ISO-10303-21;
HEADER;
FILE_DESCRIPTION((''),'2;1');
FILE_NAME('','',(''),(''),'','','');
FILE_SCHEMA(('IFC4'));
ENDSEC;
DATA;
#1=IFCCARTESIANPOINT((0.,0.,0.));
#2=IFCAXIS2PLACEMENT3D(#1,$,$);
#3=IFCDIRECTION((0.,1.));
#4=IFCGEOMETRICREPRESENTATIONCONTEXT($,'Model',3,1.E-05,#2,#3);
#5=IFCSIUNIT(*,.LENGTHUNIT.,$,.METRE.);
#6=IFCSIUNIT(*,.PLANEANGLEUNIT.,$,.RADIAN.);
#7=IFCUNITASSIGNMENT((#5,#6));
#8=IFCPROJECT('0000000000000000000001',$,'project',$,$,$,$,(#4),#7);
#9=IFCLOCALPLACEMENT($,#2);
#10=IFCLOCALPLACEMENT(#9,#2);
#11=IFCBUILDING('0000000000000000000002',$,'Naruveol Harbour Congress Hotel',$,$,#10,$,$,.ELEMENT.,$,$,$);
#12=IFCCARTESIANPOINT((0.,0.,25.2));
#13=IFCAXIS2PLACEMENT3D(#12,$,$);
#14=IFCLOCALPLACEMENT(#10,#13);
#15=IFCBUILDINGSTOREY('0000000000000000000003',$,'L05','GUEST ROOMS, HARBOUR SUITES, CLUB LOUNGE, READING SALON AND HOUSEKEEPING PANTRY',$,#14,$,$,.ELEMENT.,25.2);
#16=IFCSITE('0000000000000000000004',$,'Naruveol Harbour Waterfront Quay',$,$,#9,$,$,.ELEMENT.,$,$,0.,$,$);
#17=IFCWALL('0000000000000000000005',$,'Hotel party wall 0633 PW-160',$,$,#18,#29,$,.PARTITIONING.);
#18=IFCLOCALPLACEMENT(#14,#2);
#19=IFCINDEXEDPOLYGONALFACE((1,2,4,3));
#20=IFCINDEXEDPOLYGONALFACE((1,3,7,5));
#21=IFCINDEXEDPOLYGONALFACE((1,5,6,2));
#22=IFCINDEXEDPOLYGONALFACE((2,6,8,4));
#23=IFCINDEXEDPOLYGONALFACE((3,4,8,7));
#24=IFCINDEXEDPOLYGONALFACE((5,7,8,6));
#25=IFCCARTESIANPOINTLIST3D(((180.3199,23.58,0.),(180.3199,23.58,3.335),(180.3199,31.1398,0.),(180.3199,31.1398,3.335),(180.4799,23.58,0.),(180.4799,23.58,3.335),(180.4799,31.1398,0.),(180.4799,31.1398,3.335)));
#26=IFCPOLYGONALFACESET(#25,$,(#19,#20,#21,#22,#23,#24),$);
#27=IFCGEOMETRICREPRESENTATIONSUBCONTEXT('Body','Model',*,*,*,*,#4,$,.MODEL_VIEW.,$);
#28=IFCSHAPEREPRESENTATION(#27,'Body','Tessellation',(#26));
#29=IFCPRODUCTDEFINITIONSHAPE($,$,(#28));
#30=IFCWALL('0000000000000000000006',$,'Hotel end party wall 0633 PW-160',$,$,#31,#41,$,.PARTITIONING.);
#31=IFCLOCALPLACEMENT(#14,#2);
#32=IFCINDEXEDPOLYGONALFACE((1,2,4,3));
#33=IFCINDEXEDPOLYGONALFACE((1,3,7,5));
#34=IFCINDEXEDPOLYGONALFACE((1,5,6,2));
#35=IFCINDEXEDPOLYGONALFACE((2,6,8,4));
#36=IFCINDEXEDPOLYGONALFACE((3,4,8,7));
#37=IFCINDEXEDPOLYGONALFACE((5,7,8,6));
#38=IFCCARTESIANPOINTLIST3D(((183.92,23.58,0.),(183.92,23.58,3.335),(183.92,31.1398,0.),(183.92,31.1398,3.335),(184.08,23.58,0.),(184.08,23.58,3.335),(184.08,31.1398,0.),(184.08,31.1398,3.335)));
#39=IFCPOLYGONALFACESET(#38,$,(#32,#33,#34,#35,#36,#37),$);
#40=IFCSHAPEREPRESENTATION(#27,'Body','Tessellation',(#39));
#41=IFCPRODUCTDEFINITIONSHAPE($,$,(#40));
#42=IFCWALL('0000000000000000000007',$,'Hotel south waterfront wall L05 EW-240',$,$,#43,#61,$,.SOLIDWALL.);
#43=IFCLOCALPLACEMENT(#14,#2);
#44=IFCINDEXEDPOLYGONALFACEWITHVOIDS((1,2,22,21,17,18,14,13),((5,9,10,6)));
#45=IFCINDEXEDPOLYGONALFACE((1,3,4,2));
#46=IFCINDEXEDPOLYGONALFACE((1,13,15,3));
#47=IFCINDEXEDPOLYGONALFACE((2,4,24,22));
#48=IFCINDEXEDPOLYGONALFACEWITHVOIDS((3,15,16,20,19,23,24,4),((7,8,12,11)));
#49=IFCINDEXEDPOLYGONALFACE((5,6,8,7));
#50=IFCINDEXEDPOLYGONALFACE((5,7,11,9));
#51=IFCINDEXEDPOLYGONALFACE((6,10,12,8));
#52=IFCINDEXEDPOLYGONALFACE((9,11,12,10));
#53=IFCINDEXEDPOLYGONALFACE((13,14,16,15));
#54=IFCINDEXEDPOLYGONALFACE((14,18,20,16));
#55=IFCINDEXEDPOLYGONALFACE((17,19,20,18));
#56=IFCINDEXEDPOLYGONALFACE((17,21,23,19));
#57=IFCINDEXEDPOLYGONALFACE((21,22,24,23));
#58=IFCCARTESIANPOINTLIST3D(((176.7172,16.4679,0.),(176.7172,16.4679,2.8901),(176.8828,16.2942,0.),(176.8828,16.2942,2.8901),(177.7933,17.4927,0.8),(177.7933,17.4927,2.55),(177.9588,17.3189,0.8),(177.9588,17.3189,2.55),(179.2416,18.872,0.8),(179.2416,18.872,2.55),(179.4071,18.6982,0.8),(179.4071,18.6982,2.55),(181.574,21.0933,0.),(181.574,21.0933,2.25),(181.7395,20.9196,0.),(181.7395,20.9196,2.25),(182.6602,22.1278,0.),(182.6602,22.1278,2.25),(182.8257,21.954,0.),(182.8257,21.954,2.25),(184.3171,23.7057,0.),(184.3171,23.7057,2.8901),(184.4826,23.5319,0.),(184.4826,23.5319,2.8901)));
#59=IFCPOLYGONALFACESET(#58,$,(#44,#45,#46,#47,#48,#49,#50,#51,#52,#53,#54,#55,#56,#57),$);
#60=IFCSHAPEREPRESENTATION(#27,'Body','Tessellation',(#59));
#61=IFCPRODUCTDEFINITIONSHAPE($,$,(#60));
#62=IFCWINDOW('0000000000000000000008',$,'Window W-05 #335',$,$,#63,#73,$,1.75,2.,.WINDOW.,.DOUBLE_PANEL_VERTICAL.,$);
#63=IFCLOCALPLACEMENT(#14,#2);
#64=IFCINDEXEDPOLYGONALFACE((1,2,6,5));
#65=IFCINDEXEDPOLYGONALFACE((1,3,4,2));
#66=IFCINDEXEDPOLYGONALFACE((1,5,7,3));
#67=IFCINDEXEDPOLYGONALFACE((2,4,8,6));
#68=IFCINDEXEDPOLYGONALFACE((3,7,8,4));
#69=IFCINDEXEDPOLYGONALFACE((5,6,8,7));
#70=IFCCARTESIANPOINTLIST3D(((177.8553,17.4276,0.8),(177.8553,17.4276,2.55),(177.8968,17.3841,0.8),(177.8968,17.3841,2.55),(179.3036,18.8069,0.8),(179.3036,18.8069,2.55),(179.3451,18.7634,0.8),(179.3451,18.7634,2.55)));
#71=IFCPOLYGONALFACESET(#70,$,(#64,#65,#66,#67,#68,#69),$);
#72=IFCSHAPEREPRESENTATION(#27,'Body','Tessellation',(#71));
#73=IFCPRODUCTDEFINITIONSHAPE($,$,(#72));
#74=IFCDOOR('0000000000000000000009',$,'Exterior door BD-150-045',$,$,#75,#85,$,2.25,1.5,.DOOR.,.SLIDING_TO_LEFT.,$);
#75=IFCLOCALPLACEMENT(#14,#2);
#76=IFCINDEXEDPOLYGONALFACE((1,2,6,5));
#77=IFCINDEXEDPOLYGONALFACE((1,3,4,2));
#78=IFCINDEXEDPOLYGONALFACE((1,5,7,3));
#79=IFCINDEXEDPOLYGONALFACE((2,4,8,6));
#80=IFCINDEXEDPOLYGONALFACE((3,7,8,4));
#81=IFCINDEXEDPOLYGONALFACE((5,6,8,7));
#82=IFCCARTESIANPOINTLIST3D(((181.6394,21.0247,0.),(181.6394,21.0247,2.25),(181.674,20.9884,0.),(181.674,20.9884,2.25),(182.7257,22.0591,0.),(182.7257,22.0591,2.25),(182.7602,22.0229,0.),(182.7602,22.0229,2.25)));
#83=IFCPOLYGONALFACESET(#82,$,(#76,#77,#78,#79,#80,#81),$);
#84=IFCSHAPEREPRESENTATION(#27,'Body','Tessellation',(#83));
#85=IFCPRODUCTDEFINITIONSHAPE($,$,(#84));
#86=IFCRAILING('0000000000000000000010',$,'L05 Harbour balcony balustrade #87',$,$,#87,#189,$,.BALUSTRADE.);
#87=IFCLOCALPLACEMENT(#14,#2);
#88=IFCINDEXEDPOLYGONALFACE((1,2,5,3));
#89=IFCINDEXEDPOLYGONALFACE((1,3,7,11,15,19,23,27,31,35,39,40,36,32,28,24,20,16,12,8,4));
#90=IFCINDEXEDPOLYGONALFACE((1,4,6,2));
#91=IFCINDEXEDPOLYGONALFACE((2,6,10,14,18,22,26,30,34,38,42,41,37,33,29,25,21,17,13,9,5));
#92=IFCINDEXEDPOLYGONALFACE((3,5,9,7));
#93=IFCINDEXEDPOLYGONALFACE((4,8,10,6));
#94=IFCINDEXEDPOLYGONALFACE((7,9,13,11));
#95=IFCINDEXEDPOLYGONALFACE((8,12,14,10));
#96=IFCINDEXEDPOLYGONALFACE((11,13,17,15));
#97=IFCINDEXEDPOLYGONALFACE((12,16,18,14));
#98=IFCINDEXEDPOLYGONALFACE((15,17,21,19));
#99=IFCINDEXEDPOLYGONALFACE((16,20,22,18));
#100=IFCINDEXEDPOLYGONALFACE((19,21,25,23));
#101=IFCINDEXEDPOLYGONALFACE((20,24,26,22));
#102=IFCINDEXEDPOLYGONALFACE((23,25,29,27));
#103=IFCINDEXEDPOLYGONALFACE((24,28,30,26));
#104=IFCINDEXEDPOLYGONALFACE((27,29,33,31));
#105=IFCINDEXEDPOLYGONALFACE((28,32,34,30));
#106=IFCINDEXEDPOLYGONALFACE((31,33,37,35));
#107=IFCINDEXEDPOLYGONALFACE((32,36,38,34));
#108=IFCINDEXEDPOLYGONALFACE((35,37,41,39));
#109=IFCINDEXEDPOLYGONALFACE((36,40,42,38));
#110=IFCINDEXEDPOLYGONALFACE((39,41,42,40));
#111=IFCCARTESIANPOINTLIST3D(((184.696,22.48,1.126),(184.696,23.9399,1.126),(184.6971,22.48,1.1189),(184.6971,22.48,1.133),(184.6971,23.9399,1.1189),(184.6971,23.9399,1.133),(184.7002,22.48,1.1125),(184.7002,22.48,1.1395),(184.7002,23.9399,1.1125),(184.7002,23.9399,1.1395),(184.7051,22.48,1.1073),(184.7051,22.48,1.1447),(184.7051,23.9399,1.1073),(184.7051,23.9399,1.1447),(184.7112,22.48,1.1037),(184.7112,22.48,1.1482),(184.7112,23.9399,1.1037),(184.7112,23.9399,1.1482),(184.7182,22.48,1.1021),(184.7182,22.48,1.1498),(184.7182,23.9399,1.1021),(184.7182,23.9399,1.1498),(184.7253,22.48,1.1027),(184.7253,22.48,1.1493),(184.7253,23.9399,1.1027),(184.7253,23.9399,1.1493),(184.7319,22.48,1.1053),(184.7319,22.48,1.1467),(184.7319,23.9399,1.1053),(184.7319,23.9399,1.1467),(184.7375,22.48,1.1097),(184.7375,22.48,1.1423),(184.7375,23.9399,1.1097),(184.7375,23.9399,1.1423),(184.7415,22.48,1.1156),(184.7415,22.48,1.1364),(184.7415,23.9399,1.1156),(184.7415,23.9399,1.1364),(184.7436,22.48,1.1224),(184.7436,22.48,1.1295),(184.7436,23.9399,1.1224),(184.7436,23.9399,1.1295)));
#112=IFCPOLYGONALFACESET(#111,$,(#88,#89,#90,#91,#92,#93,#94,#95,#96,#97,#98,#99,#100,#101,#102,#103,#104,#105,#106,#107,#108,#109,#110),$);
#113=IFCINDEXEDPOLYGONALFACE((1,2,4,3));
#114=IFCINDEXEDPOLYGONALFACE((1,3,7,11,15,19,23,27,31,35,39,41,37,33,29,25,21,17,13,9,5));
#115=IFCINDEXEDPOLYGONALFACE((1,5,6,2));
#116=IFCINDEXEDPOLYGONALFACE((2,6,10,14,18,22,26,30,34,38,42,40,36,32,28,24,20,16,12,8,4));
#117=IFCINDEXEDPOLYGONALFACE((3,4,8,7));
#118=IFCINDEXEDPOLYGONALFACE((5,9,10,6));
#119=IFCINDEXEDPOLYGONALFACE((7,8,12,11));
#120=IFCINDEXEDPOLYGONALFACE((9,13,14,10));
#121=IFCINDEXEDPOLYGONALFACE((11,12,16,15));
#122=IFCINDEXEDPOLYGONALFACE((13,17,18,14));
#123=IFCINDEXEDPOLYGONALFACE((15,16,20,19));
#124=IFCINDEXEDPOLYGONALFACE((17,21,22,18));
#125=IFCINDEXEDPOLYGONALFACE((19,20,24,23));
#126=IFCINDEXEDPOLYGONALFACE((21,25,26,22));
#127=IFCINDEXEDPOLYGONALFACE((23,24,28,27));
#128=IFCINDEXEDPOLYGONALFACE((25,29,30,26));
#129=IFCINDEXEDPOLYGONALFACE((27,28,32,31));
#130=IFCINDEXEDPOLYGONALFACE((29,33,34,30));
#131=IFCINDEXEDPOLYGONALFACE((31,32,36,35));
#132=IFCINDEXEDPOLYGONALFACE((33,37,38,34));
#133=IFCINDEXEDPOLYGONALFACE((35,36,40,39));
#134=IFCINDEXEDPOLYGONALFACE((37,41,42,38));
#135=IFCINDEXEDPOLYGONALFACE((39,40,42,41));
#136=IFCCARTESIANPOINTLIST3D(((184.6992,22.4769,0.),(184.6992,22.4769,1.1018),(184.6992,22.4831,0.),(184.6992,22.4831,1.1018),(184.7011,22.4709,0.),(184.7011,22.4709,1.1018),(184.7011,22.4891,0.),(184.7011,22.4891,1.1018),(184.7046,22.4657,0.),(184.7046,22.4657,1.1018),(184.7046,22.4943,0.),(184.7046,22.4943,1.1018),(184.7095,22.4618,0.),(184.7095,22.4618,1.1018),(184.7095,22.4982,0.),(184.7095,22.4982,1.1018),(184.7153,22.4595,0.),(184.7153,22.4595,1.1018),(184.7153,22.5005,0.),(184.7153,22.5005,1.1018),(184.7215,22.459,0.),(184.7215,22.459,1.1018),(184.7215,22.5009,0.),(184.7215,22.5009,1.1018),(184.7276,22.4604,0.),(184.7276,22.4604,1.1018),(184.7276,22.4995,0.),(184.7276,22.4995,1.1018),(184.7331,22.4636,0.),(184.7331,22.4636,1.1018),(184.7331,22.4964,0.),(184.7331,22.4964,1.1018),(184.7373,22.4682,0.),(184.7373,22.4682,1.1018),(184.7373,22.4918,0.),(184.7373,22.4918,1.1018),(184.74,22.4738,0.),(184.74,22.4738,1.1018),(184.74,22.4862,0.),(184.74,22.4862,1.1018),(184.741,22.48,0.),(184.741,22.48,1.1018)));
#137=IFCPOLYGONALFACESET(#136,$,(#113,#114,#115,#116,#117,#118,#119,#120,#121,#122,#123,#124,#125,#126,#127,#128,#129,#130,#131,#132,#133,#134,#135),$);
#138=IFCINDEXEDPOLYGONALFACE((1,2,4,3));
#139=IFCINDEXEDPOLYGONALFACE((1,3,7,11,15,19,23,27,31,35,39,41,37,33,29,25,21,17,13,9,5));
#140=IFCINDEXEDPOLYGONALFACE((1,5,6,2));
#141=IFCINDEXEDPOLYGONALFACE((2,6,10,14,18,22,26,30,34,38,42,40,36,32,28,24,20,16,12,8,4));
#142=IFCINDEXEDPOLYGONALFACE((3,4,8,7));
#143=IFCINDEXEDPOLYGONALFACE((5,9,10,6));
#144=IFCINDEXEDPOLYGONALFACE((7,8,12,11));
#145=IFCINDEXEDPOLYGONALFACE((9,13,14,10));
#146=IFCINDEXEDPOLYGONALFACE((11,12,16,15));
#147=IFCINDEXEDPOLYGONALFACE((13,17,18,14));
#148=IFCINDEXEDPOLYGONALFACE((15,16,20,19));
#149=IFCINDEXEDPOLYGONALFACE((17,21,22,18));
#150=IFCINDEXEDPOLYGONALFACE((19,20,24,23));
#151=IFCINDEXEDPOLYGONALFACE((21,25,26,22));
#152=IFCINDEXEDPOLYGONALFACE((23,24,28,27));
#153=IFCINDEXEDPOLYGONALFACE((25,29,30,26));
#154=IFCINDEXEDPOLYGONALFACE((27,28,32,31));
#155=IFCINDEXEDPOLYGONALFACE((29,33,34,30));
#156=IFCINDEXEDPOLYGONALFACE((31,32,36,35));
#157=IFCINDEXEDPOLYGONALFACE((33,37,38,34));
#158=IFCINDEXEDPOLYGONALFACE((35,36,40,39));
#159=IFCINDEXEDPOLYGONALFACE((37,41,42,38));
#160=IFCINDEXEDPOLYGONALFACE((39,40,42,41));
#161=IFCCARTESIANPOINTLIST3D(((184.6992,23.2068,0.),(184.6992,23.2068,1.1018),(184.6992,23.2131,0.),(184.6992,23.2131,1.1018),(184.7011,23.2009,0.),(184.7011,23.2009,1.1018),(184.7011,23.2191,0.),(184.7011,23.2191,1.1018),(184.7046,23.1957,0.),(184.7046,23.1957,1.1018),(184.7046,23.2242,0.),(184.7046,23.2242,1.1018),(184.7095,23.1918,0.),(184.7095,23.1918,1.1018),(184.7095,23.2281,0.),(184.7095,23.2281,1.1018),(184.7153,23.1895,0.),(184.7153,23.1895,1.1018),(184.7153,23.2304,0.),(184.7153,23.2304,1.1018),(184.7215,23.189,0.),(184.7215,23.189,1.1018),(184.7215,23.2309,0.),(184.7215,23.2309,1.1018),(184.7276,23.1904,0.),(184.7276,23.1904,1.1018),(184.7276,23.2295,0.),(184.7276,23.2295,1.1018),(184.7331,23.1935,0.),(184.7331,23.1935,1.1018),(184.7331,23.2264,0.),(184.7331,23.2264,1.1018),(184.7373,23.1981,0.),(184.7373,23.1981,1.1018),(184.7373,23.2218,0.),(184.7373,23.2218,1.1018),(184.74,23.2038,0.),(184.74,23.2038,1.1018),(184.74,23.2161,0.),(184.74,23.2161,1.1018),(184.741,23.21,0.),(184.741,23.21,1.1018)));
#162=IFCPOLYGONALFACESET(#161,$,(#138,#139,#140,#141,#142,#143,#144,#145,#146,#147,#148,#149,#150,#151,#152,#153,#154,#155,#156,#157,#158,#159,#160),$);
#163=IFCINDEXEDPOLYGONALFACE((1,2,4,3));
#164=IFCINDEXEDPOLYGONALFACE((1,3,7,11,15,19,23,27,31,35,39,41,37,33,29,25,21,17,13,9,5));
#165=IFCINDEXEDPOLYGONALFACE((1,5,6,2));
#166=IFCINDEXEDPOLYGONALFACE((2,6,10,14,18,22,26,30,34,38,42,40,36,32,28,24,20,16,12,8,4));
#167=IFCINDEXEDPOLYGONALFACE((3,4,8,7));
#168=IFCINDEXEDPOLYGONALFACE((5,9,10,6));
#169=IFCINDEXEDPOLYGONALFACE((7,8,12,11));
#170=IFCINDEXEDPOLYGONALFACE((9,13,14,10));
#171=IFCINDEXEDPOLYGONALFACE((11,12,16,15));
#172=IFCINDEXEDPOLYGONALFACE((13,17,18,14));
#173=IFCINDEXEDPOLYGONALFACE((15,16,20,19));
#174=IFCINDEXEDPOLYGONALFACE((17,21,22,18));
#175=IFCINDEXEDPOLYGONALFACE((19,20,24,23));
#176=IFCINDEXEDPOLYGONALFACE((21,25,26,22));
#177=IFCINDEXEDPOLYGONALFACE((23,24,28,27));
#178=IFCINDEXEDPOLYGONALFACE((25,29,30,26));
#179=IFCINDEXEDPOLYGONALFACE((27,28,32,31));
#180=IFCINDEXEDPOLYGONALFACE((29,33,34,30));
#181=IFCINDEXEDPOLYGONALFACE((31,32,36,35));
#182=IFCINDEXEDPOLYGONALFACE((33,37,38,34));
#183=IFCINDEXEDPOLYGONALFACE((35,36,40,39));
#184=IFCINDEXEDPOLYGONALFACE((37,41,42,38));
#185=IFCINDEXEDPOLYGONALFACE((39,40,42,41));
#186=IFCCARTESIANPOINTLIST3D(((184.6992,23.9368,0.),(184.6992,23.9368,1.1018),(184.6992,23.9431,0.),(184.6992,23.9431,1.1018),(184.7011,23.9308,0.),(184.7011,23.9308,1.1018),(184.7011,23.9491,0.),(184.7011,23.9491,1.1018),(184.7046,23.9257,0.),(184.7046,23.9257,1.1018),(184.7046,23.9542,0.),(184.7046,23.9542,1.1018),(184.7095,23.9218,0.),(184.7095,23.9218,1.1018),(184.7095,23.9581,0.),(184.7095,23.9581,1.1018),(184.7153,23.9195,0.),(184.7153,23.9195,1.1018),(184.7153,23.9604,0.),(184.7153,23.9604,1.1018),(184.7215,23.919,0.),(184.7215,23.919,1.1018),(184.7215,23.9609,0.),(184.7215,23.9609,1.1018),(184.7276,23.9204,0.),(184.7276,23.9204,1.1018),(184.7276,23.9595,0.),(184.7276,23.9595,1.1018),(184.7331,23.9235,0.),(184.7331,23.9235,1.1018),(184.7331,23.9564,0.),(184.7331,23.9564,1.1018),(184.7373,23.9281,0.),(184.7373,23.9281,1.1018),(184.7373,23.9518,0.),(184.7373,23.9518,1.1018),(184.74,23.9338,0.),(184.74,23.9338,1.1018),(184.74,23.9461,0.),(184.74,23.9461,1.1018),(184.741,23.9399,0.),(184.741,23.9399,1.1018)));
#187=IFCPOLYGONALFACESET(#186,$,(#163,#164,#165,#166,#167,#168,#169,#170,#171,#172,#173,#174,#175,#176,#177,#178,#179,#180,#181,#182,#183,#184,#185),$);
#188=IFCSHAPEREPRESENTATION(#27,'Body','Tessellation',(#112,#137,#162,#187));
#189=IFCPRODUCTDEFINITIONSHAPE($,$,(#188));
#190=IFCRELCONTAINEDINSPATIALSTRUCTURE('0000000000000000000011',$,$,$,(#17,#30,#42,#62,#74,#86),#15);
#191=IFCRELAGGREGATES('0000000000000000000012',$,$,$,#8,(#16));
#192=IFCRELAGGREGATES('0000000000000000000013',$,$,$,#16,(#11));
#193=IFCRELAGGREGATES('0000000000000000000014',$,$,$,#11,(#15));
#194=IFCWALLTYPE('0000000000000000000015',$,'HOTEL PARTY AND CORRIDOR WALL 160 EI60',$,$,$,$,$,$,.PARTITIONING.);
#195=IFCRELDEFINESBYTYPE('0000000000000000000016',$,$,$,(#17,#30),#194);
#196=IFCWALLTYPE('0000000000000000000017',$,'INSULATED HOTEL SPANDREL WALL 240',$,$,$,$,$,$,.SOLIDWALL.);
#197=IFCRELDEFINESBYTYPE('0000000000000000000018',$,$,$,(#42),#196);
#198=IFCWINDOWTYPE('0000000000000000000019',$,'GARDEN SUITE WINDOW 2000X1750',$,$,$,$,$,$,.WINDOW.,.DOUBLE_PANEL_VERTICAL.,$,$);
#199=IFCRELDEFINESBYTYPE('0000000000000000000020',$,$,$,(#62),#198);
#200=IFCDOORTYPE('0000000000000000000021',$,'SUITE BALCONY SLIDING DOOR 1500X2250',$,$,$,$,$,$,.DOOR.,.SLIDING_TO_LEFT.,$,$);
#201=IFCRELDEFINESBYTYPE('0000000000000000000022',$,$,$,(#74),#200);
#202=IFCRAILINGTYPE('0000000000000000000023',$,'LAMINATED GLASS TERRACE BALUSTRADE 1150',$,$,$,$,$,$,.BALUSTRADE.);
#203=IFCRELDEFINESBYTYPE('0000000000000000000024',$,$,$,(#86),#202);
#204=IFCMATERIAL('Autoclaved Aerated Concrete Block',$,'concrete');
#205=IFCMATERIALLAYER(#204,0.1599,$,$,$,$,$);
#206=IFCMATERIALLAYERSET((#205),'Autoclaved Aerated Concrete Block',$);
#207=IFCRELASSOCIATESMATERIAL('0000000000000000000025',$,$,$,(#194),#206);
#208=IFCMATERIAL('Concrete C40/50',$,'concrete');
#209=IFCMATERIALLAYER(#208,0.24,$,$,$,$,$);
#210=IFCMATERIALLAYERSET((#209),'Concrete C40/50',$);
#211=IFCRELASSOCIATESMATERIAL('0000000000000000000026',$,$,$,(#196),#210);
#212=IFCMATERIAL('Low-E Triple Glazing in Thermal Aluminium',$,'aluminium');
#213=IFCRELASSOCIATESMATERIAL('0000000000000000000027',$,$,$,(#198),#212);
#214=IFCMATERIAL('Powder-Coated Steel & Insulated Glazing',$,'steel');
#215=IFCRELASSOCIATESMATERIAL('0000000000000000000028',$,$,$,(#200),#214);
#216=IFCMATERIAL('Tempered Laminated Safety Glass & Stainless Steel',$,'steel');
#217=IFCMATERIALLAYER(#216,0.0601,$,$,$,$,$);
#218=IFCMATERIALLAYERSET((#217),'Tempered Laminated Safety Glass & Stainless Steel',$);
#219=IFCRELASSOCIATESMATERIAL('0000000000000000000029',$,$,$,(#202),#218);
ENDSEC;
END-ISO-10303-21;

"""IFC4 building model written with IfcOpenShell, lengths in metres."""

from ifc_helpers import new_model, si_unit, direction, frame, frame_2d, origin, origin_2d, place, context, subcontext, project, spatial, rectangle, circle, extrude, material, layer, layer_set, type_object, element, fill, save


model = new_model("IFC4")

# Units and contexts
model_context = context("Model", 3, precision=1e-05, world=origin(), true_north=direction((0.0, 1.0)))
body_context = subcontext(model_context, "Body", "Model", "MODEL_VIEW")
ifc_project = project(units=[si_unit("LENGTHUNIT", "METRE"), si_unit("PLANEANGLEUNIT", "RADIAN")], contexts=[model_context])

# Site, building, storey
site_placement = place(None, origin())
site = spatial("IfcSite", under=ifc_project, at=site_placement, Name="Naruveol Harbour Waterfront Quay", CompositionType="ELEMENT", RefElevation=0.0)
building_placement = place(site_placement, origin())
building = spatial("IfcBuilding", under=site, at=building_placement, Name="Naruveol Harbour Congress Hotel", CompositionType="ELEMENT")
storey_placement = place(building_placement, frame((0.0, 0.0, 25.2)))
storey = spatial("IfcBuildingStorey", under=building, at=storey_placement, Name="L05", Description="GUEST ROOMS, HARBOUR SUITES, CLUB LOUNGE, READING SALON AND HOUSEKEEPING PANTRY", CompositionType="ELEMENT", Elevation=25.2)

# Shared definitions
ifc_material_1 = material(Name="Autoclaved Aerated Concrete Block", Category="concrete")
ifc_layer_1 = layer(ifc_material_1, 0.1599)
ifc_layer_set_1 = layer_set([ifc_layer_1], Name="Autoclaved Aerated Concrete Block")
wall_type_1 = type_object("IfcWallType", Name="HOTEL PARTY AND CORRIDOR WALL 160 EI60", PredefinedType="PARTITIONING", material=ifc_layer_set_1)

# Walls
for number, where, z_axis, x_axis, name in (
    (1, (180.3999, 23.5801, 0.0), (0.0, 0.0, 1.0), (0.0, 1.0, 0.0), "Hotel party wall 0633 PW-160"),
    (2, (184.0, 23.5801, 0.0), (0.0, 0.0, 1.0), (0.0, 1.0, 0.0), "Hotel end party wall 0633 PW-160"),
):
    element("IfcWall", number, at=place(storey_placement, frame(where, z_axis=z_axis, x_axis=x_axis)), inside=storey, type_object=wall_type_1, Name=name, PredefinedType="PARTITIONING", context=body_context, shape_type="SweptSolid", body=[
        extrude(rectangle(XDim=7.5598, YDim=0.1599, at=frame_2d((3.7798, 0.0))), origin(), (0.0, 0.0, 1.0), 3.335),
    ])

# Wall, openings, window, door
ifc_material_2 = material(Name="Concrete C40/50", Category="concrete")
ifc_layer_2 = layer(ifc_material_2, 0.24)
ifc_layer_set_2 = layer_set([ifc_layer_2], Name="Concrete C40/50")
wall_type_2 = type_object("IfcWallType", Name="INSULATED HOTEL SPANDREL WALL 240", PredefinedType="SOLIDWALL", material=ifc_layer_set_2)
wall_1_placement = place(storey_placement, frame((184.3999, 23.6189, 0.0), z_axis=(0.0, 0.0, 1.0), x_axis=(-0.724146, -0.689647, 0.0)))
wall_1 = element("IfcWall", 3, at=wall_1_placement, inside=storey, type_object=wall_type_2, Name="Hotel south waterfront wall L05 EW-240", PredefinedType="SOLIDWALL", context=body_context, shape_type="SweptSolid", body=[
    extrude(rectangle(XDim=10.4949, YDim=0.24, at=frame_2d((5.2476, 0.0))), origin(), (0.0, 0.0, 1.0), 2.8901),
])
opening_1_placement = place(wall_1_placement, frame((2.2881, 0.0, 0.0)))
opening_1 = element("IfcOpeningElement", 4, at=opening_1_placement, cuts=wall_1, PredefinedType="OPENING", context=body_context, shape_type="SweptSolid", body=[
    extrude(rectangle(XDim=1.5, YDim=2.25, at=frame_2d((0.75, 1.125))), frame((0.0, 0.1299, 0.0), z_axis=(0.0, -1.0, 0.0), x_axis=(1.0, 0.0, 0.0)), (0.0, 0.0, 1.0), 0.26),
])
opening_2_placement = place(wall_1_placement, frame((7.009, 0.0, 0.8)))
opening_2 = element("IfcOpeningElement", 5, at=opening_2_placement, cuts=wall_1, PredefinedType="OPENING", context=body_context, shape_type="SweptSolid", body=[
    extrude(rectangle(XDim=2.0, YDim=1.75, at=frame_2d((1.0, 0.875))), frame((0.0, 0.1299, 0.0), z_axis=(0.0, -1.0, 0.0), x_axis=(1.0, 0.0, 0.0)), (0.0, 0.0, 1.0), 0.26),
])
ifc_material_3 = material(Name="Low-E Triple Glazing in Thermal Aluminium", Category="aluminium")
window_type = type_object("IfcWindowType", Name="GARDEN SUITE WINDOW 2000X1750", PartitioningType="DOUBLE_PANEL_VERTICAL", PredefinedType="WINDOW", material=ifc_material_3)
window_placement = place(opening_2_placement, origin())
window = element("IfcWindow", 6, at=window_placement, inside=storey, type_object=window_type, Name="Window W-05 #335", OverallHeight=1.75, OverallWidth=2.0, PartitioningType="DOUBLE_PANEL_VERTICAL", PredefinedType="WINDOW", context=body_context, shape_type="SweptSolid", body=[
    extrude(rectangle(XDim=2.0, YDim=1.75, at=frame_2d((1.0, 0.875))), frame((0.0, 0.03, 0.0), z_axis=(0.0, -1.0, 0.0), x_axis=(1.0, 0.0, 0.0)), (0.0, 0.0, 1.0), 0.0601),
])
fill(opening_2, window)
ifc_material_4 = material(Name="Powder-Coated Steel & Insulated Glazing", Category="steel")
door_type_1 = type_object("IfcDoorType", Name="SUITE BALCONY SLIDING DOOR 1500X2250", OperationType="SLIDING_TO_LEFT", PredefinedType="DOOR", material=ifc_material_4)
door_1_placement = place(opening_1_placement, origin())
door_1 = element("IfcDoor", 7, at=door_1_placement, inside=storey, type_object=door_type_1, Name="Exterior door BD-150-045", OperationType="SLIDING_TO_LEFT", OverallHeight=2.25, OverallWidth=1.5, PredefinedType="DOOR", context=body_context, shape_type="SweptSolid", body=[
    extrude(rectangle(XDim=1.5, YDim=2.25, at=frame_2d((0.75, 1.125))), frame((0.0, 0.0249, 0.0), z_axis=(0.0, -1.0, 0.0), x_axis=(1.0, 0.0, 0.0)), (0.0, 0.0, 1.0), 0.05),
])
fill(opening_1, door_1)

# Railing
ifc_material_5 = material(Name="Tempered Laminated Safety Glass & Stainless Steel", Category="steel")
ifc_layer_3 = layer(ifc_material_5, 0.0601)
ifc_layer_set_3 = layer_set([ifc_layer_3], Name="Tempered Laminated Safety Glass & Stainless Steel")
railing_type = type_object("IfcRailingType", Name="LAMINATED GLASS TERRACE BALUSTRADE 1150", PredefinedType="BALUSTRADE", material=ifc_layer_set_3)
railing_placement = place(storey_placement, frame((184.72, 22.48, 0.0)))
element("IfcRailing", 8, at=railing_placement, inside=storey, type_object=railing_type, Name="L05 Harbour balcony balustrade #87", PredefinedType="BALUSTRADE", context=body_context, shape_type="SweptSolid", body=[
    extrude(circle(Radius=0.0239, at=origin_2d()), frame((0.0, 0.0, 1.126), z_axis=(0.0, 1.0, 0.0), x_axis=(-1.0, 0.0, 0.0)), (0.0, 0.0, 1.0), 1.46),
    extrude(circle(Radius=0.021, at=origin_2d()), origin(), (0.0, 0.0, 1.0), 1.1018),
    extrude(circle(Radius=0.021, at=origin_2d()), frame((0.0, 0.73, 0.0)), (0.0, 0.0, 1.0), 1.1018),
    extrude(circle(Radius=0.021, at=origin_2d()), frame((0.0, 1.46, 0.0)), (0.0, 0.0, 1.0), 1.1018),
])

save(model, "model.ifc")
